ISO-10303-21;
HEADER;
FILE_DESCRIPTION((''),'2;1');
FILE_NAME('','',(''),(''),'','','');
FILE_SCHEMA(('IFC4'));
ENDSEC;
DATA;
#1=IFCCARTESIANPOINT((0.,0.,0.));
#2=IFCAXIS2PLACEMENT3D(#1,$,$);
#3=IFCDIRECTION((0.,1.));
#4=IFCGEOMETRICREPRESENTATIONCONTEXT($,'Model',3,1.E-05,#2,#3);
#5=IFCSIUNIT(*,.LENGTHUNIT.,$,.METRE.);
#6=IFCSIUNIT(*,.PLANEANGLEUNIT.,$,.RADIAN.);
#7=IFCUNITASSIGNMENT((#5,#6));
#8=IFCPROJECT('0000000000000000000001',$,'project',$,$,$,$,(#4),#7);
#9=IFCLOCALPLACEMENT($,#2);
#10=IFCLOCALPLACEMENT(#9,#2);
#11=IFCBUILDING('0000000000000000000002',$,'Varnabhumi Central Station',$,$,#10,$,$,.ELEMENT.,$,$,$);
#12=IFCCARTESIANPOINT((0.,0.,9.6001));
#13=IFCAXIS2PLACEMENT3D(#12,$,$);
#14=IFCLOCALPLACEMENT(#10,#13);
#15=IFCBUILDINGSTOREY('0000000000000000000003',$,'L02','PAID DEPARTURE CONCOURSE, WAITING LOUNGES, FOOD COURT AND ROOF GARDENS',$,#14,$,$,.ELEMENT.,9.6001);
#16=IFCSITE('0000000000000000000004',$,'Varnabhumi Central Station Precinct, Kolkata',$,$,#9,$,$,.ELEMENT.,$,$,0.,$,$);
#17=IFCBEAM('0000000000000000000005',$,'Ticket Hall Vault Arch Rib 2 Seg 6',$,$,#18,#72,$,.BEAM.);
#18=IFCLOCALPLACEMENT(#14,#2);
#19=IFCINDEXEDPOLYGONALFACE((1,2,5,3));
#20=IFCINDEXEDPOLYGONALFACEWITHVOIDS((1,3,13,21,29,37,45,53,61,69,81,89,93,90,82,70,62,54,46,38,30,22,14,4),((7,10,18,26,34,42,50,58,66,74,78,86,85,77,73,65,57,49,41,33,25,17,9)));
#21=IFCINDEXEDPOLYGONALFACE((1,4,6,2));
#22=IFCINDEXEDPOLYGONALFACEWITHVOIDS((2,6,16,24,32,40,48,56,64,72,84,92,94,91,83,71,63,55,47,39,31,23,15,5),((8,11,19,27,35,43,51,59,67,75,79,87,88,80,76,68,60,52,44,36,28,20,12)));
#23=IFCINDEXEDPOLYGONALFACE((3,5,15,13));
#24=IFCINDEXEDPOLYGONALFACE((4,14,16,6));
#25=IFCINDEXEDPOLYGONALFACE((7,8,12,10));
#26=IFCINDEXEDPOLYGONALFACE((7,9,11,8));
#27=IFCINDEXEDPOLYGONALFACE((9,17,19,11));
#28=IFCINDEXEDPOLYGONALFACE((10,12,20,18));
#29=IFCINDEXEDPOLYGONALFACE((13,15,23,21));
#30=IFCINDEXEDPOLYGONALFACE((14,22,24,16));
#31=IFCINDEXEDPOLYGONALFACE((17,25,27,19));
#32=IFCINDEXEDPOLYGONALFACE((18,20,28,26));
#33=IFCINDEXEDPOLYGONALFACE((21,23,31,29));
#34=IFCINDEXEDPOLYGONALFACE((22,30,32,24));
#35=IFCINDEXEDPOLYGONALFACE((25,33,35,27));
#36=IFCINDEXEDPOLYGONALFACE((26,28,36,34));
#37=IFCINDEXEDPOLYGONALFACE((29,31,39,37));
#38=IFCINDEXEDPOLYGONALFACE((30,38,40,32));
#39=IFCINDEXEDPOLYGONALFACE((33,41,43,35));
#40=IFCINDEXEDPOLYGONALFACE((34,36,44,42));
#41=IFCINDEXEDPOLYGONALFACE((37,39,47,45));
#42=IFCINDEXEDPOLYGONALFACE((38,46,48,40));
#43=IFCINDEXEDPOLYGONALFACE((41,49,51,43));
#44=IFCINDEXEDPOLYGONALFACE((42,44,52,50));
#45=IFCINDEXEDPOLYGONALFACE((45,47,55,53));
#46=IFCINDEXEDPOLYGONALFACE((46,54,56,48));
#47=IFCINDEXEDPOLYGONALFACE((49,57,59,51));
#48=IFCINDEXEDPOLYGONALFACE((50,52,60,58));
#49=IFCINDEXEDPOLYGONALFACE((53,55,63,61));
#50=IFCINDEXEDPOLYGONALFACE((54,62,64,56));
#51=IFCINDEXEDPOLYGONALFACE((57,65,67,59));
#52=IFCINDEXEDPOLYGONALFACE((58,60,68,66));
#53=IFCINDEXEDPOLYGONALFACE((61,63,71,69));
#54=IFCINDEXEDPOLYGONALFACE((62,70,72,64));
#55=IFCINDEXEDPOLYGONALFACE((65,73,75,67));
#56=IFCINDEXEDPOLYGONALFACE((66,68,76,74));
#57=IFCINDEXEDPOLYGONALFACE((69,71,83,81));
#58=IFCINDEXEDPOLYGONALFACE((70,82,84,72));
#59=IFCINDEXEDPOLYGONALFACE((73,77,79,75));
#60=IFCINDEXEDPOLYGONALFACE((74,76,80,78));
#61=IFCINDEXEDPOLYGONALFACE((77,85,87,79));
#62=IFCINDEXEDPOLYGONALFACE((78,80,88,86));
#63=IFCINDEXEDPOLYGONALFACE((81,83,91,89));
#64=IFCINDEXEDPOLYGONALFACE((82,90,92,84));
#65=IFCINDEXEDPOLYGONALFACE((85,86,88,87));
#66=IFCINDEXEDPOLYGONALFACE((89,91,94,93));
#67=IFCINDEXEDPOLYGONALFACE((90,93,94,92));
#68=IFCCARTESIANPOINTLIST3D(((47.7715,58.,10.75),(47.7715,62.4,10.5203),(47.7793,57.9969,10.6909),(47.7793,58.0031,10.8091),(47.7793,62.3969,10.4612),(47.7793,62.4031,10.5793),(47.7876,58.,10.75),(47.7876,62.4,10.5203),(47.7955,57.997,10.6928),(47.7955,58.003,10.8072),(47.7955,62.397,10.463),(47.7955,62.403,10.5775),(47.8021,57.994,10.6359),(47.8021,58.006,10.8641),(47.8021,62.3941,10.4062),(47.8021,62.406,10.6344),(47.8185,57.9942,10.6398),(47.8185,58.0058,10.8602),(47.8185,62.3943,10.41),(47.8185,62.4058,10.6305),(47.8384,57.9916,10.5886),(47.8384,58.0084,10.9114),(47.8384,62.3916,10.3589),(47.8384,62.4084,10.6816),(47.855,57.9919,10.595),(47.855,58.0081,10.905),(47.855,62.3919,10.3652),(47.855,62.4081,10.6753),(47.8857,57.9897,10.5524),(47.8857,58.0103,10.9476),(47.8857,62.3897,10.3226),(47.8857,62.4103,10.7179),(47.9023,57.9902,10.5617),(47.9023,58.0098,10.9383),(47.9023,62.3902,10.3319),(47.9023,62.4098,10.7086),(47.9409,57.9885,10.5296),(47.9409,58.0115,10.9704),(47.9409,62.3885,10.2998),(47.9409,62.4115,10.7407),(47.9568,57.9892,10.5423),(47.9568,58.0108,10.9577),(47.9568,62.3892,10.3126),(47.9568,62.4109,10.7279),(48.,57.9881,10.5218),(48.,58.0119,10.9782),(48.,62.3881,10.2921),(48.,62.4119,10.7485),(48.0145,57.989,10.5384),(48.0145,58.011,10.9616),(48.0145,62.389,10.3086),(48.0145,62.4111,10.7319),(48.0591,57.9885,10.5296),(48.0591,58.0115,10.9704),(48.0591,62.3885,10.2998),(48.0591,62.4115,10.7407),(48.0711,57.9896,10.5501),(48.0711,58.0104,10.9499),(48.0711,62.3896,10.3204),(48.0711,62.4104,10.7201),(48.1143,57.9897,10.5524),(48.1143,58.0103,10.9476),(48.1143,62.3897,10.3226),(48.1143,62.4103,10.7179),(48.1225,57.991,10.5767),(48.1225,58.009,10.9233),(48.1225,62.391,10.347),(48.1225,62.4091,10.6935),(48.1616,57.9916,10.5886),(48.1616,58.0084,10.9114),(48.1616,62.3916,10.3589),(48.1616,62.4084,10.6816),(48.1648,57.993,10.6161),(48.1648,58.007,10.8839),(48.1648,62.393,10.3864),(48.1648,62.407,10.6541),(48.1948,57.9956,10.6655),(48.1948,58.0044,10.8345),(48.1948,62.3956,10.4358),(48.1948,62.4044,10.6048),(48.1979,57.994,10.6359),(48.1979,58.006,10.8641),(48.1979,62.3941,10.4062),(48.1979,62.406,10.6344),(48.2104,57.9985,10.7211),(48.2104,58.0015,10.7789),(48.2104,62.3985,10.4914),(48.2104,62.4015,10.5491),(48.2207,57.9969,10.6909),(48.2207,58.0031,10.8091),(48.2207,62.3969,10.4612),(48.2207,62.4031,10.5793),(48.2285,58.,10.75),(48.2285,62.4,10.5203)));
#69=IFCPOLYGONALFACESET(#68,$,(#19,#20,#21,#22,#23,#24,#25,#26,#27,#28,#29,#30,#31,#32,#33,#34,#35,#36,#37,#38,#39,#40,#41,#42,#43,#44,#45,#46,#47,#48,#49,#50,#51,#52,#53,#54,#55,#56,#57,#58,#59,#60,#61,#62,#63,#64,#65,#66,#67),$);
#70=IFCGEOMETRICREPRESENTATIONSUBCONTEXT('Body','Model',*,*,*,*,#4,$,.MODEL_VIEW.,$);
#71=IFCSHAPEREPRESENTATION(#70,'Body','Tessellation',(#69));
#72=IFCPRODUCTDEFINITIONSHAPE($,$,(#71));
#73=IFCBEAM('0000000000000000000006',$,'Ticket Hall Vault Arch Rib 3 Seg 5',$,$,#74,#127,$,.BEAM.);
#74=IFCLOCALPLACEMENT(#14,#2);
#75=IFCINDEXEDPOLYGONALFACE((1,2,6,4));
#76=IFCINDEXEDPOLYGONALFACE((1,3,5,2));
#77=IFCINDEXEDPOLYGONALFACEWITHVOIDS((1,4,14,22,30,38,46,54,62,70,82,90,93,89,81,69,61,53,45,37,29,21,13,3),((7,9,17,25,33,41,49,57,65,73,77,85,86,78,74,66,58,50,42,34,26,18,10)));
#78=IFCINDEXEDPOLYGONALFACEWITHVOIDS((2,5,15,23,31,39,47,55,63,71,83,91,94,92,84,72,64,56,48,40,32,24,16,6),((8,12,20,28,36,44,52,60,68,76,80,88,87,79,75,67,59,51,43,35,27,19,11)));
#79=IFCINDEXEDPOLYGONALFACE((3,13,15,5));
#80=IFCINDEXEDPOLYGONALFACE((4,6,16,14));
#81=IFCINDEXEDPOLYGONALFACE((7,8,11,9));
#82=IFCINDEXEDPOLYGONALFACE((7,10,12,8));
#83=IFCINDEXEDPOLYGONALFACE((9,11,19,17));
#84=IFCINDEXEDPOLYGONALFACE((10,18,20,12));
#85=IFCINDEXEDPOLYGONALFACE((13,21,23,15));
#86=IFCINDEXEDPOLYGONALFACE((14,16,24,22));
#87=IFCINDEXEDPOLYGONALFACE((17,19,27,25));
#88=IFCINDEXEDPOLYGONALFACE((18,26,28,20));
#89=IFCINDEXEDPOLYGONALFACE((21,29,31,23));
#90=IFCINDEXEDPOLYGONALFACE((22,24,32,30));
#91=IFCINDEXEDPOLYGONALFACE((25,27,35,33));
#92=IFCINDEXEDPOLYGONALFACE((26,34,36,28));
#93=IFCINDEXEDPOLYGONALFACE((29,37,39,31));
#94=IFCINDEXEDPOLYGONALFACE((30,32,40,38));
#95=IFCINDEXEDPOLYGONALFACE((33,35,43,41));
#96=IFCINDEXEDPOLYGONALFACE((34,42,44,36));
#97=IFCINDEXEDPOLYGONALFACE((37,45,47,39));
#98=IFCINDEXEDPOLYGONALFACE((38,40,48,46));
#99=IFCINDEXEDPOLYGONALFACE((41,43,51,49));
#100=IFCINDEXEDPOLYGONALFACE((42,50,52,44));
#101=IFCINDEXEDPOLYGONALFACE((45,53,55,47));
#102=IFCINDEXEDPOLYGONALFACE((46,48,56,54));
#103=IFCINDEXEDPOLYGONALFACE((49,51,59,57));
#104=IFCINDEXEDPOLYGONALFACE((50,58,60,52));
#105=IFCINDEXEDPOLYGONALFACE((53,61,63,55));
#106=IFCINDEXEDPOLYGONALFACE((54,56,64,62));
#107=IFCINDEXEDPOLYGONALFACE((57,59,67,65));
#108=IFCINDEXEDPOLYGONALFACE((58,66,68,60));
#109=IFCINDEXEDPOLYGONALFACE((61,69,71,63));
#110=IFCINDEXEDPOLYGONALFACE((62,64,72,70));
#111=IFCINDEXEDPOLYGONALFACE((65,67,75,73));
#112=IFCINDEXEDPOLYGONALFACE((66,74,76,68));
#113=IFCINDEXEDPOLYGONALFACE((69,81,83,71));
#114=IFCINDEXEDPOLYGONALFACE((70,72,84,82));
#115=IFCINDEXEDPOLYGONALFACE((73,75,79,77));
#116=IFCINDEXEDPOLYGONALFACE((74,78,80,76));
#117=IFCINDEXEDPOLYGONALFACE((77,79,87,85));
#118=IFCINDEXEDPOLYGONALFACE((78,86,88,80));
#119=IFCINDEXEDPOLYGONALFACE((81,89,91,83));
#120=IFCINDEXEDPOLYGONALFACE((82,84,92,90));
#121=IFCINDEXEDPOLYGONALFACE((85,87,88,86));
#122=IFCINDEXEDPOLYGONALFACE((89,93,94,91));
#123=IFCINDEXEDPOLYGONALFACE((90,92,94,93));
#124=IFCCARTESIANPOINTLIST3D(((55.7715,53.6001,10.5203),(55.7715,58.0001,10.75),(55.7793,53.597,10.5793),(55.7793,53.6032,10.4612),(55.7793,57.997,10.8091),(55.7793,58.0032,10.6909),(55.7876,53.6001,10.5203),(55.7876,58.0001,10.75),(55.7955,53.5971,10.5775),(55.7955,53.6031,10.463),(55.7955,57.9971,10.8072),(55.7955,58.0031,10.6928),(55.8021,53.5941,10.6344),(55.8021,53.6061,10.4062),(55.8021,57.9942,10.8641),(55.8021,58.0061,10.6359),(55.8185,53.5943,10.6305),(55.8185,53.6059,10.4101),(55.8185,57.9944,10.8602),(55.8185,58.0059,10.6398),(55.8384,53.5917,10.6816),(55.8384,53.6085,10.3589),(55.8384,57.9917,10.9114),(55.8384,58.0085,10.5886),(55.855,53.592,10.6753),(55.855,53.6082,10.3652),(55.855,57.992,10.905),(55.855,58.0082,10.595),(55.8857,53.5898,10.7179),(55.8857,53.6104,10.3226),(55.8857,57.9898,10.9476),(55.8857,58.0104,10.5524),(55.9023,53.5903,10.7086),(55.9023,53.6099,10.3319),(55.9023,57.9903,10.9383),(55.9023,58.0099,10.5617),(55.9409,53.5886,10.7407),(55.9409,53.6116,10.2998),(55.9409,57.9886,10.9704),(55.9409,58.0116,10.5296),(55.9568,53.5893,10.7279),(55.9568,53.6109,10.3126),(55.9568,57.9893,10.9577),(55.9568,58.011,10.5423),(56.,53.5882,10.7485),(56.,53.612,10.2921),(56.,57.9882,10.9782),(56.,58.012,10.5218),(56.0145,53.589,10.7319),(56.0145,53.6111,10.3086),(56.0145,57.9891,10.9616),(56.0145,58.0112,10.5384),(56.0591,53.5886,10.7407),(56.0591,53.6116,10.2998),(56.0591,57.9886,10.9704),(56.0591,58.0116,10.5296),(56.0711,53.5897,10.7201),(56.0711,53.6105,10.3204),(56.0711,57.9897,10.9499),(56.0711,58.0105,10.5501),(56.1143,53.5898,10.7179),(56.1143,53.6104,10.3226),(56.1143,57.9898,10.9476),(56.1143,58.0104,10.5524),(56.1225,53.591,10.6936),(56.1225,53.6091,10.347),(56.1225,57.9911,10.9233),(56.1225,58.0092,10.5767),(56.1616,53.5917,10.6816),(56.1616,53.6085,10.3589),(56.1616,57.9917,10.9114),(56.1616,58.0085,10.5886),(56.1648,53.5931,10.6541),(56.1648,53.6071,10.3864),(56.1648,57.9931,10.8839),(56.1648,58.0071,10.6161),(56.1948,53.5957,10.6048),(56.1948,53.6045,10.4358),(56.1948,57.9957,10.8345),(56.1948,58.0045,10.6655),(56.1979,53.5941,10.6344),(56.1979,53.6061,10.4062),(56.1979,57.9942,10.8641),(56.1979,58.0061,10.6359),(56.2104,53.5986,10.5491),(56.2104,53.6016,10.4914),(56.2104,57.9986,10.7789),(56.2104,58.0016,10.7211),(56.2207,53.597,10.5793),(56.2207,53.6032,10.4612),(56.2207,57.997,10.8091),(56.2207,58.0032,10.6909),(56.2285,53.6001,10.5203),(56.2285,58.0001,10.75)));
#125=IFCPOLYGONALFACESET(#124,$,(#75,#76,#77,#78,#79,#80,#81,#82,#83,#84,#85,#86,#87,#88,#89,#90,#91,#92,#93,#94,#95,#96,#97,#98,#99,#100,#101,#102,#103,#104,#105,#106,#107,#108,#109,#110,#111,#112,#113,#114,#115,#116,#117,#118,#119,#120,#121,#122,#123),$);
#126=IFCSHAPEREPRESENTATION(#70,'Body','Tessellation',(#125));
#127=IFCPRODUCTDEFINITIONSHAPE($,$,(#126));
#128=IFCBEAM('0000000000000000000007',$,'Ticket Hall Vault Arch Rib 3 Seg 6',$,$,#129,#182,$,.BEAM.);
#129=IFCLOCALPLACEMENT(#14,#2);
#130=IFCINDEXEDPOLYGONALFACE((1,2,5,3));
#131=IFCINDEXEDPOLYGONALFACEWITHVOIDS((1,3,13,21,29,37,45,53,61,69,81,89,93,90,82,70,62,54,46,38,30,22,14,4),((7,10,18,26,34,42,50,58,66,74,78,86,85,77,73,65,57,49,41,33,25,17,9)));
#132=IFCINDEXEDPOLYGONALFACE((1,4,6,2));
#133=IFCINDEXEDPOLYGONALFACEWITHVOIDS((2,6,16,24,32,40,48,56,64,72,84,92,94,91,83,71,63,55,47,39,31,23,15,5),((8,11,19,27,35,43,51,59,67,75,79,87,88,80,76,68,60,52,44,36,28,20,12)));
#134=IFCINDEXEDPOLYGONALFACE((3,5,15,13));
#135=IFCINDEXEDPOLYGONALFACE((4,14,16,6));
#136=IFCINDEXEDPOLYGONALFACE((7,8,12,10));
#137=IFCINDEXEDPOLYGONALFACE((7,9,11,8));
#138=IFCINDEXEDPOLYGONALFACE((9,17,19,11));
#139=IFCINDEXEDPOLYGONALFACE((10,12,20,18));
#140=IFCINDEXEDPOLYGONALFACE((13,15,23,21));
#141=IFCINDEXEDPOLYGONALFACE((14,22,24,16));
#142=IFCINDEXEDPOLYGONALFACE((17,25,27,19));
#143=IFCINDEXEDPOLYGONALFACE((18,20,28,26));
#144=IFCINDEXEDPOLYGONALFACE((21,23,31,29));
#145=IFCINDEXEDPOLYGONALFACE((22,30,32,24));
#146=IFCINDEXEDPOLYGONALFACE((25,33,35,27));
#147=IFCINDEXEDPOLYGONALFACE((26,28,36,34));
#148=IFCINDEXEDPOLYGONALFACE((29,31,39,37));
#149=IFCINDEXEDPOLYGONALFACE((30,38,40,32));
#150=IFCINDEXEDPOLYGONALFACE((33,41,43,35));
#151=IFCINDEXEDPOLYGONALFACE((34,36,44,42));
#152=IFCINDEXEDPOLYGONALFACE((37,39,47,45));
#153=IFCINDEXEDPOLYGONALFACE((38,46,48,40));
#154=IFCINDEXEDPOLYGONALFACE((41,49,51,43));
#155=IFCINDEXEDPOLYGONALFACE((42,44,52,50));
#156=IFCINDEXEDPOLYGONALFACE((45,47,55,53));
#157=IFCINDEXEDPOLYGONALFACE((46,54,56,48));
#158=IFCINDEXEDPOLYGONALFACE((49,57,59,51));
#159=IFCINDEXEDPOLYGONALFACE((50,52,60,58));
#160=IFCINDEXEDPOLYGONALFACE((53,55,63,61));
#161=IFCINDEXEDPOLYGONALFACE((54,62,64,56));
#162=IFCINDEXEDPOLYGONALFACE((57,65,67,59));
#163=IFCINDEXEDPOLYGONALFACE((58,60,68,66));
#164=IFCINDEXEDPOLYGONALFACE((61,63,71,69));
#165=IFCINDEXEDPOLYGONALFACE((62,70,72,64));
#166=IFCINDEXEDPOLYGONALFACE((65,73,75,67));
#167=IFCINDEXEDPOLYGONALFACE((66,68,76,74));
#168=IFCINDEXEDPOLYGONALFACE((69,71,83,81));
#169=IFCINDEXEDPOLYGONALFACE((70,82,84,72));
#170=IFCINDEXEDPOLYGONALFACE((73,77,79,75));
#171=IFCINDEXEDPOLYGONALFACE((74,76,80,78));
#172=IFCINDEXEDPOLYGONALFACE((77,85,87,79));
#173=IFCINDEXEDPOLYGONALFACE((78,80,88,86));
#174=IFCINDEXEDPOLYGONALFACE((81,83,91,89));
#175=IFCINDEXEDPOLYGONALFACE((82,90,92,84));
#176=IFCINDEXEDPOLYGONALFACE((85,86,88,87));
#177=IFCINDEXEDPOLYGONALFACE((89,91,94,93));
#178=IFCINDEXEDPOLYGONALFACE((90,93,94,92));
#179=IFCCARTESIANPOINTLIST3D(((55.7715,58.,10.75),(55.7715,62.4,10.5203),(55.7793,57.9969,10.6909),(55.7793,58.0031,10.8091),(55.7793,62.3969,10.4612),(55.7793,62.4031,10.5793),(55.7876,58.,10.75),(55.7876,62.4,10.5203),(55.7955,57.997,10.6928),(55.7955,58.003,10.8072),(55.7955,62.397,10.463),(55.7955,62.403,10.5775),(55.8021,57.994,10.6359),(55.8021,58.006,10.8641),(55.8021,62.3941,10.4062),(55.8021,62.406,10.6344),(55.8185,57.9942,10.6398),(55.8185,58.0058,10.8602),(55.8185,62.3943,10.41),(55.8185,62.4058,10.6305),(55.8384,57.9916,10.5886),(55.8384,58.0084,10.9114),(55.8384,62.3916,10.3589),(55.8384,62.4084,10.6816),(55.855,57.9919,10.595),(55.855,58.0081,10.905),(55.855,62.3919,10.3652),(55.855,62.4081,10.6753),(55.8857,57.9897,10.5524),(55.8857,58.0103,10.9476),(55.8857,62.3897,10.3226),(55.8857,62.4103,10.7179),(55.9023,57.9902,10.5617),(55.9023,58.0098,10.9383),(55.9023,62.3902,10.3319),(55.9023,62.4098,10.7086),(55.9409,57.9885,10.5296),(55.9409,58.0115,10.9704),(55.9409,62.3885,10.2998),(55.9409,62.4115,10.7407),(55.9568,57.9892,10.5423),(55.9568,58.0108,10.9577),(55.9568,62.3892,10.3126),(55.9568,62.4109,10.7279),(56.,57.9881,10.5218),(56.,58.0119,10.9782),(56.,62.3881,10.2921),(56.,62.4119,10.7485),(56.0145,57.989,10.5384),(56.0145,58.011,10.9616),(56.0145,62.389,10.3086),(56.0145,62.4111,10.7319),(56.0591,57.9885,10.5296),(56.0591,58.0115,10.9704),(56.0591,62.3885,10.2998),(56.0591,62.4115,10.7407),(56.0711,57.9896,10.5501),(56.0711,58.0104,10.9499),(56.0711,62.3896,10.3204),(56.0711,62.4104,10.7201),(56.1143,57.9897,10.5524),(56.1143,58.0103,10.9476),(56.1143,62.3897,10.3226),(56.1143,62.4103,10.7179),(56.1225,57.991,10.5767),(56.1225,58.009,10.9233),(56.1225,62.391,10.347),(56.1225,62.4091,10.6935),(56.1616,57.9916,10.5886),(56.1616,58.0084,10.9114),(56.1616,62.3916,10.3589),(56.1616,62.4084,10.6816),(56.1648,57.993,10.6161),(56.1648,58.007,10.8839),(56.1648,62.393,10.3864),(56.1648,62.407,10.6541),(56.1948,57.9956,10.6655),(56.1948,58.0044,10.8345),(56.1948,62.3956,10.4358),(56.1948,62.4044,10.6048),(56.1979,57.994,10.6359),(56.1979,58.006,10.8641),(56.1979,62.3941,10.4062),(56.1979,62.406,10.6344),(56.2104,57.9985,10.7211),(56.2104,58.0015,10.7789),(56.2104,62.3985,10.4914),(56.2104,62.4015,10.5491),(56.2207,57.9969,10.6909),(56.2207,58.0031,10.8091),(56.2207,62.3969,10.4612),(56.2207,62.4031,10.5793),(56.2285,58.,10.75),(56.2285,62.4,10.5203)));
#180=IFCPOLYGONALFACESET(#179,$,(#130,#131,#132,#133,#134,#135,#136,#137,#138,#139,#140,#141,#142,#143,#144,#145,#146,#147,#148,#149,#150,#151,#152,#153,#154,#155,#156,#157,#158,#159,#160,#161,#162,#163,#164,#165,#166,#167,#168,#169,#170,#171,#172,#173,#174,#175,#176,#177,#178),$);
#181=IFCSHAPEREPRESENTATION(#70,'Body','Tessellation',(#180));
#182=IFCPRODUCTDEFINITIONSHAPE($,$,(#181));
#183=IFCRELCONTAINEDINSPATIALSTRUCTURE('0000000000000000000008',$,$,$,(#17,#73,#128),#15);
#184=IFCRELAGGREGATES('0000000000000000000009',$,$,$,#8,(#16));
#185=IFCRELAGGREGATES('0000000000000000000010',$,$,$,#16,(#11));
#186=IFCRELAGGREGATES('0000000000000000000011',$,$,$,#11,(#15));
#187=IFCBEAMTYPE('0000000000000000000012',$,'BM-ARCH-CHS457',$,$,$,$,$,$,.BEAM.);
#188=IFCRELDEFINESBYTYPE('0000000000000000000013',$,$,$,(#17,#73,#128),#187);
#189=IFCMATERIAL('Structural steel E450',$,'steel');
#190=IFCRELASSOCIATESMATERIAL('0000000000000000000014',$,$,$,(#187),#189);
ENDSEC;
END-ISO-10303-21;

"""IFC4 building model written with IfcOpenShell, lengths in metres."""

from ifc_helpers import new_model, si_unit, direction, frame, origin, origin_2d, place, context, subcontext, project, spatial, hollow_circle, extrude, material, material_profile, profile_set, type_object, element, save


model = new_model("IFC4")

# Units and contexts
model_context = context("Model", 3, precision=1e-05, world=origin(), true_north=direction((0.0, 1.0)))
body_context = subcontext(model_context, "Body", "Model", "MODEL_VIEW")
ifc_project = project(units=[si_unit("LENGTHUNIT", "METRE"), si_unit("PLANEANGLEUNIT", "RADIAN")], contexts=[model_context])

# Site, building, storey
site_placement = place(None, origin())
site = spatial("IfcSite", under=ifc_project, at=site_placement, Name="Varnabhumi Central Station Precinct, Kolkata", CompositionType="ELEMENT", RefElevation=0.0)
building_placement = place(site_placement, origin())
building = spatial("IfcBuilding", under=site, at=building_placement, Name="Varnabhumi Central Station", CompositionType="ELEMENT")
storey_placement = place(building_placement, frame((0.0, 0.0, 9.6001)))
storey = spatial("IfcBuildingStorey", under=building, at=storey_placement, Name="L02", Description="PAID DEPARTURE CONCOURSE, WAITING LOUNGES, FOOD COURT AND ROOF GARDENS", CompositionType="ELEMENT", Elevation=9.6001)

# Beams
ifc_material_1 = material(Name="Structural steel E450", Category="steel")
ifc_material_profile_1 = material_profile(ifc_material_1, hollow_circle(Radius=0.2285, WallThickness=0.0161, at=origin_2d()), Name="Structural steel E450", Category="steel")
ifc_profile_set_1 = profile_set([ifc_material_profile_1], Name="Structural steel E450")
beam_type_1 = type_object("IfcBeamType", Name="BM-ARCH-CHS457", PredefinedType="BEAM", material=ifc_profile_set_1)
for number, where, z_axis, x_axis, name in (
    (1, (48.0, 58.0, 10.75), (0.0, 0.99864, -0.052143), (-1.0, 0.0, 0.0), "Ticket Hall Vault Arch Rib 2 Seg 6"),
    (2, (56.0, 53.6001, 10.5203), (0.0, 0.99864, 0.052143), (-1.0, 0.0, 0.0), "Ticket Hall Vault Arch Rib 3 Seg 5"),
    (3, (56.0, 58.0, 10.75), (0.0, 0.99864, -0.052143), (-1.0, 0.0, 0.0), "Ticket Hall Vault Arch Rib 3 Seg 6"),
):
    element("IfcBeam", number, at=place(storey_placement, frame(where, z_axis=z_axis, x_axis=x_axis)), inside=storey, type_object=beam_type_1, Name=name, PredefinedType="BEAM", context=body_context, shape_type="SweptSolid", body=[
        extrude(hollow_circle(Radius=0.2285, WallThickness=0.0161, at=origin_2d()), origin(), (0.0, 0.0, 1.0), 4.406),
    ])

save(model, "model.ifc")
